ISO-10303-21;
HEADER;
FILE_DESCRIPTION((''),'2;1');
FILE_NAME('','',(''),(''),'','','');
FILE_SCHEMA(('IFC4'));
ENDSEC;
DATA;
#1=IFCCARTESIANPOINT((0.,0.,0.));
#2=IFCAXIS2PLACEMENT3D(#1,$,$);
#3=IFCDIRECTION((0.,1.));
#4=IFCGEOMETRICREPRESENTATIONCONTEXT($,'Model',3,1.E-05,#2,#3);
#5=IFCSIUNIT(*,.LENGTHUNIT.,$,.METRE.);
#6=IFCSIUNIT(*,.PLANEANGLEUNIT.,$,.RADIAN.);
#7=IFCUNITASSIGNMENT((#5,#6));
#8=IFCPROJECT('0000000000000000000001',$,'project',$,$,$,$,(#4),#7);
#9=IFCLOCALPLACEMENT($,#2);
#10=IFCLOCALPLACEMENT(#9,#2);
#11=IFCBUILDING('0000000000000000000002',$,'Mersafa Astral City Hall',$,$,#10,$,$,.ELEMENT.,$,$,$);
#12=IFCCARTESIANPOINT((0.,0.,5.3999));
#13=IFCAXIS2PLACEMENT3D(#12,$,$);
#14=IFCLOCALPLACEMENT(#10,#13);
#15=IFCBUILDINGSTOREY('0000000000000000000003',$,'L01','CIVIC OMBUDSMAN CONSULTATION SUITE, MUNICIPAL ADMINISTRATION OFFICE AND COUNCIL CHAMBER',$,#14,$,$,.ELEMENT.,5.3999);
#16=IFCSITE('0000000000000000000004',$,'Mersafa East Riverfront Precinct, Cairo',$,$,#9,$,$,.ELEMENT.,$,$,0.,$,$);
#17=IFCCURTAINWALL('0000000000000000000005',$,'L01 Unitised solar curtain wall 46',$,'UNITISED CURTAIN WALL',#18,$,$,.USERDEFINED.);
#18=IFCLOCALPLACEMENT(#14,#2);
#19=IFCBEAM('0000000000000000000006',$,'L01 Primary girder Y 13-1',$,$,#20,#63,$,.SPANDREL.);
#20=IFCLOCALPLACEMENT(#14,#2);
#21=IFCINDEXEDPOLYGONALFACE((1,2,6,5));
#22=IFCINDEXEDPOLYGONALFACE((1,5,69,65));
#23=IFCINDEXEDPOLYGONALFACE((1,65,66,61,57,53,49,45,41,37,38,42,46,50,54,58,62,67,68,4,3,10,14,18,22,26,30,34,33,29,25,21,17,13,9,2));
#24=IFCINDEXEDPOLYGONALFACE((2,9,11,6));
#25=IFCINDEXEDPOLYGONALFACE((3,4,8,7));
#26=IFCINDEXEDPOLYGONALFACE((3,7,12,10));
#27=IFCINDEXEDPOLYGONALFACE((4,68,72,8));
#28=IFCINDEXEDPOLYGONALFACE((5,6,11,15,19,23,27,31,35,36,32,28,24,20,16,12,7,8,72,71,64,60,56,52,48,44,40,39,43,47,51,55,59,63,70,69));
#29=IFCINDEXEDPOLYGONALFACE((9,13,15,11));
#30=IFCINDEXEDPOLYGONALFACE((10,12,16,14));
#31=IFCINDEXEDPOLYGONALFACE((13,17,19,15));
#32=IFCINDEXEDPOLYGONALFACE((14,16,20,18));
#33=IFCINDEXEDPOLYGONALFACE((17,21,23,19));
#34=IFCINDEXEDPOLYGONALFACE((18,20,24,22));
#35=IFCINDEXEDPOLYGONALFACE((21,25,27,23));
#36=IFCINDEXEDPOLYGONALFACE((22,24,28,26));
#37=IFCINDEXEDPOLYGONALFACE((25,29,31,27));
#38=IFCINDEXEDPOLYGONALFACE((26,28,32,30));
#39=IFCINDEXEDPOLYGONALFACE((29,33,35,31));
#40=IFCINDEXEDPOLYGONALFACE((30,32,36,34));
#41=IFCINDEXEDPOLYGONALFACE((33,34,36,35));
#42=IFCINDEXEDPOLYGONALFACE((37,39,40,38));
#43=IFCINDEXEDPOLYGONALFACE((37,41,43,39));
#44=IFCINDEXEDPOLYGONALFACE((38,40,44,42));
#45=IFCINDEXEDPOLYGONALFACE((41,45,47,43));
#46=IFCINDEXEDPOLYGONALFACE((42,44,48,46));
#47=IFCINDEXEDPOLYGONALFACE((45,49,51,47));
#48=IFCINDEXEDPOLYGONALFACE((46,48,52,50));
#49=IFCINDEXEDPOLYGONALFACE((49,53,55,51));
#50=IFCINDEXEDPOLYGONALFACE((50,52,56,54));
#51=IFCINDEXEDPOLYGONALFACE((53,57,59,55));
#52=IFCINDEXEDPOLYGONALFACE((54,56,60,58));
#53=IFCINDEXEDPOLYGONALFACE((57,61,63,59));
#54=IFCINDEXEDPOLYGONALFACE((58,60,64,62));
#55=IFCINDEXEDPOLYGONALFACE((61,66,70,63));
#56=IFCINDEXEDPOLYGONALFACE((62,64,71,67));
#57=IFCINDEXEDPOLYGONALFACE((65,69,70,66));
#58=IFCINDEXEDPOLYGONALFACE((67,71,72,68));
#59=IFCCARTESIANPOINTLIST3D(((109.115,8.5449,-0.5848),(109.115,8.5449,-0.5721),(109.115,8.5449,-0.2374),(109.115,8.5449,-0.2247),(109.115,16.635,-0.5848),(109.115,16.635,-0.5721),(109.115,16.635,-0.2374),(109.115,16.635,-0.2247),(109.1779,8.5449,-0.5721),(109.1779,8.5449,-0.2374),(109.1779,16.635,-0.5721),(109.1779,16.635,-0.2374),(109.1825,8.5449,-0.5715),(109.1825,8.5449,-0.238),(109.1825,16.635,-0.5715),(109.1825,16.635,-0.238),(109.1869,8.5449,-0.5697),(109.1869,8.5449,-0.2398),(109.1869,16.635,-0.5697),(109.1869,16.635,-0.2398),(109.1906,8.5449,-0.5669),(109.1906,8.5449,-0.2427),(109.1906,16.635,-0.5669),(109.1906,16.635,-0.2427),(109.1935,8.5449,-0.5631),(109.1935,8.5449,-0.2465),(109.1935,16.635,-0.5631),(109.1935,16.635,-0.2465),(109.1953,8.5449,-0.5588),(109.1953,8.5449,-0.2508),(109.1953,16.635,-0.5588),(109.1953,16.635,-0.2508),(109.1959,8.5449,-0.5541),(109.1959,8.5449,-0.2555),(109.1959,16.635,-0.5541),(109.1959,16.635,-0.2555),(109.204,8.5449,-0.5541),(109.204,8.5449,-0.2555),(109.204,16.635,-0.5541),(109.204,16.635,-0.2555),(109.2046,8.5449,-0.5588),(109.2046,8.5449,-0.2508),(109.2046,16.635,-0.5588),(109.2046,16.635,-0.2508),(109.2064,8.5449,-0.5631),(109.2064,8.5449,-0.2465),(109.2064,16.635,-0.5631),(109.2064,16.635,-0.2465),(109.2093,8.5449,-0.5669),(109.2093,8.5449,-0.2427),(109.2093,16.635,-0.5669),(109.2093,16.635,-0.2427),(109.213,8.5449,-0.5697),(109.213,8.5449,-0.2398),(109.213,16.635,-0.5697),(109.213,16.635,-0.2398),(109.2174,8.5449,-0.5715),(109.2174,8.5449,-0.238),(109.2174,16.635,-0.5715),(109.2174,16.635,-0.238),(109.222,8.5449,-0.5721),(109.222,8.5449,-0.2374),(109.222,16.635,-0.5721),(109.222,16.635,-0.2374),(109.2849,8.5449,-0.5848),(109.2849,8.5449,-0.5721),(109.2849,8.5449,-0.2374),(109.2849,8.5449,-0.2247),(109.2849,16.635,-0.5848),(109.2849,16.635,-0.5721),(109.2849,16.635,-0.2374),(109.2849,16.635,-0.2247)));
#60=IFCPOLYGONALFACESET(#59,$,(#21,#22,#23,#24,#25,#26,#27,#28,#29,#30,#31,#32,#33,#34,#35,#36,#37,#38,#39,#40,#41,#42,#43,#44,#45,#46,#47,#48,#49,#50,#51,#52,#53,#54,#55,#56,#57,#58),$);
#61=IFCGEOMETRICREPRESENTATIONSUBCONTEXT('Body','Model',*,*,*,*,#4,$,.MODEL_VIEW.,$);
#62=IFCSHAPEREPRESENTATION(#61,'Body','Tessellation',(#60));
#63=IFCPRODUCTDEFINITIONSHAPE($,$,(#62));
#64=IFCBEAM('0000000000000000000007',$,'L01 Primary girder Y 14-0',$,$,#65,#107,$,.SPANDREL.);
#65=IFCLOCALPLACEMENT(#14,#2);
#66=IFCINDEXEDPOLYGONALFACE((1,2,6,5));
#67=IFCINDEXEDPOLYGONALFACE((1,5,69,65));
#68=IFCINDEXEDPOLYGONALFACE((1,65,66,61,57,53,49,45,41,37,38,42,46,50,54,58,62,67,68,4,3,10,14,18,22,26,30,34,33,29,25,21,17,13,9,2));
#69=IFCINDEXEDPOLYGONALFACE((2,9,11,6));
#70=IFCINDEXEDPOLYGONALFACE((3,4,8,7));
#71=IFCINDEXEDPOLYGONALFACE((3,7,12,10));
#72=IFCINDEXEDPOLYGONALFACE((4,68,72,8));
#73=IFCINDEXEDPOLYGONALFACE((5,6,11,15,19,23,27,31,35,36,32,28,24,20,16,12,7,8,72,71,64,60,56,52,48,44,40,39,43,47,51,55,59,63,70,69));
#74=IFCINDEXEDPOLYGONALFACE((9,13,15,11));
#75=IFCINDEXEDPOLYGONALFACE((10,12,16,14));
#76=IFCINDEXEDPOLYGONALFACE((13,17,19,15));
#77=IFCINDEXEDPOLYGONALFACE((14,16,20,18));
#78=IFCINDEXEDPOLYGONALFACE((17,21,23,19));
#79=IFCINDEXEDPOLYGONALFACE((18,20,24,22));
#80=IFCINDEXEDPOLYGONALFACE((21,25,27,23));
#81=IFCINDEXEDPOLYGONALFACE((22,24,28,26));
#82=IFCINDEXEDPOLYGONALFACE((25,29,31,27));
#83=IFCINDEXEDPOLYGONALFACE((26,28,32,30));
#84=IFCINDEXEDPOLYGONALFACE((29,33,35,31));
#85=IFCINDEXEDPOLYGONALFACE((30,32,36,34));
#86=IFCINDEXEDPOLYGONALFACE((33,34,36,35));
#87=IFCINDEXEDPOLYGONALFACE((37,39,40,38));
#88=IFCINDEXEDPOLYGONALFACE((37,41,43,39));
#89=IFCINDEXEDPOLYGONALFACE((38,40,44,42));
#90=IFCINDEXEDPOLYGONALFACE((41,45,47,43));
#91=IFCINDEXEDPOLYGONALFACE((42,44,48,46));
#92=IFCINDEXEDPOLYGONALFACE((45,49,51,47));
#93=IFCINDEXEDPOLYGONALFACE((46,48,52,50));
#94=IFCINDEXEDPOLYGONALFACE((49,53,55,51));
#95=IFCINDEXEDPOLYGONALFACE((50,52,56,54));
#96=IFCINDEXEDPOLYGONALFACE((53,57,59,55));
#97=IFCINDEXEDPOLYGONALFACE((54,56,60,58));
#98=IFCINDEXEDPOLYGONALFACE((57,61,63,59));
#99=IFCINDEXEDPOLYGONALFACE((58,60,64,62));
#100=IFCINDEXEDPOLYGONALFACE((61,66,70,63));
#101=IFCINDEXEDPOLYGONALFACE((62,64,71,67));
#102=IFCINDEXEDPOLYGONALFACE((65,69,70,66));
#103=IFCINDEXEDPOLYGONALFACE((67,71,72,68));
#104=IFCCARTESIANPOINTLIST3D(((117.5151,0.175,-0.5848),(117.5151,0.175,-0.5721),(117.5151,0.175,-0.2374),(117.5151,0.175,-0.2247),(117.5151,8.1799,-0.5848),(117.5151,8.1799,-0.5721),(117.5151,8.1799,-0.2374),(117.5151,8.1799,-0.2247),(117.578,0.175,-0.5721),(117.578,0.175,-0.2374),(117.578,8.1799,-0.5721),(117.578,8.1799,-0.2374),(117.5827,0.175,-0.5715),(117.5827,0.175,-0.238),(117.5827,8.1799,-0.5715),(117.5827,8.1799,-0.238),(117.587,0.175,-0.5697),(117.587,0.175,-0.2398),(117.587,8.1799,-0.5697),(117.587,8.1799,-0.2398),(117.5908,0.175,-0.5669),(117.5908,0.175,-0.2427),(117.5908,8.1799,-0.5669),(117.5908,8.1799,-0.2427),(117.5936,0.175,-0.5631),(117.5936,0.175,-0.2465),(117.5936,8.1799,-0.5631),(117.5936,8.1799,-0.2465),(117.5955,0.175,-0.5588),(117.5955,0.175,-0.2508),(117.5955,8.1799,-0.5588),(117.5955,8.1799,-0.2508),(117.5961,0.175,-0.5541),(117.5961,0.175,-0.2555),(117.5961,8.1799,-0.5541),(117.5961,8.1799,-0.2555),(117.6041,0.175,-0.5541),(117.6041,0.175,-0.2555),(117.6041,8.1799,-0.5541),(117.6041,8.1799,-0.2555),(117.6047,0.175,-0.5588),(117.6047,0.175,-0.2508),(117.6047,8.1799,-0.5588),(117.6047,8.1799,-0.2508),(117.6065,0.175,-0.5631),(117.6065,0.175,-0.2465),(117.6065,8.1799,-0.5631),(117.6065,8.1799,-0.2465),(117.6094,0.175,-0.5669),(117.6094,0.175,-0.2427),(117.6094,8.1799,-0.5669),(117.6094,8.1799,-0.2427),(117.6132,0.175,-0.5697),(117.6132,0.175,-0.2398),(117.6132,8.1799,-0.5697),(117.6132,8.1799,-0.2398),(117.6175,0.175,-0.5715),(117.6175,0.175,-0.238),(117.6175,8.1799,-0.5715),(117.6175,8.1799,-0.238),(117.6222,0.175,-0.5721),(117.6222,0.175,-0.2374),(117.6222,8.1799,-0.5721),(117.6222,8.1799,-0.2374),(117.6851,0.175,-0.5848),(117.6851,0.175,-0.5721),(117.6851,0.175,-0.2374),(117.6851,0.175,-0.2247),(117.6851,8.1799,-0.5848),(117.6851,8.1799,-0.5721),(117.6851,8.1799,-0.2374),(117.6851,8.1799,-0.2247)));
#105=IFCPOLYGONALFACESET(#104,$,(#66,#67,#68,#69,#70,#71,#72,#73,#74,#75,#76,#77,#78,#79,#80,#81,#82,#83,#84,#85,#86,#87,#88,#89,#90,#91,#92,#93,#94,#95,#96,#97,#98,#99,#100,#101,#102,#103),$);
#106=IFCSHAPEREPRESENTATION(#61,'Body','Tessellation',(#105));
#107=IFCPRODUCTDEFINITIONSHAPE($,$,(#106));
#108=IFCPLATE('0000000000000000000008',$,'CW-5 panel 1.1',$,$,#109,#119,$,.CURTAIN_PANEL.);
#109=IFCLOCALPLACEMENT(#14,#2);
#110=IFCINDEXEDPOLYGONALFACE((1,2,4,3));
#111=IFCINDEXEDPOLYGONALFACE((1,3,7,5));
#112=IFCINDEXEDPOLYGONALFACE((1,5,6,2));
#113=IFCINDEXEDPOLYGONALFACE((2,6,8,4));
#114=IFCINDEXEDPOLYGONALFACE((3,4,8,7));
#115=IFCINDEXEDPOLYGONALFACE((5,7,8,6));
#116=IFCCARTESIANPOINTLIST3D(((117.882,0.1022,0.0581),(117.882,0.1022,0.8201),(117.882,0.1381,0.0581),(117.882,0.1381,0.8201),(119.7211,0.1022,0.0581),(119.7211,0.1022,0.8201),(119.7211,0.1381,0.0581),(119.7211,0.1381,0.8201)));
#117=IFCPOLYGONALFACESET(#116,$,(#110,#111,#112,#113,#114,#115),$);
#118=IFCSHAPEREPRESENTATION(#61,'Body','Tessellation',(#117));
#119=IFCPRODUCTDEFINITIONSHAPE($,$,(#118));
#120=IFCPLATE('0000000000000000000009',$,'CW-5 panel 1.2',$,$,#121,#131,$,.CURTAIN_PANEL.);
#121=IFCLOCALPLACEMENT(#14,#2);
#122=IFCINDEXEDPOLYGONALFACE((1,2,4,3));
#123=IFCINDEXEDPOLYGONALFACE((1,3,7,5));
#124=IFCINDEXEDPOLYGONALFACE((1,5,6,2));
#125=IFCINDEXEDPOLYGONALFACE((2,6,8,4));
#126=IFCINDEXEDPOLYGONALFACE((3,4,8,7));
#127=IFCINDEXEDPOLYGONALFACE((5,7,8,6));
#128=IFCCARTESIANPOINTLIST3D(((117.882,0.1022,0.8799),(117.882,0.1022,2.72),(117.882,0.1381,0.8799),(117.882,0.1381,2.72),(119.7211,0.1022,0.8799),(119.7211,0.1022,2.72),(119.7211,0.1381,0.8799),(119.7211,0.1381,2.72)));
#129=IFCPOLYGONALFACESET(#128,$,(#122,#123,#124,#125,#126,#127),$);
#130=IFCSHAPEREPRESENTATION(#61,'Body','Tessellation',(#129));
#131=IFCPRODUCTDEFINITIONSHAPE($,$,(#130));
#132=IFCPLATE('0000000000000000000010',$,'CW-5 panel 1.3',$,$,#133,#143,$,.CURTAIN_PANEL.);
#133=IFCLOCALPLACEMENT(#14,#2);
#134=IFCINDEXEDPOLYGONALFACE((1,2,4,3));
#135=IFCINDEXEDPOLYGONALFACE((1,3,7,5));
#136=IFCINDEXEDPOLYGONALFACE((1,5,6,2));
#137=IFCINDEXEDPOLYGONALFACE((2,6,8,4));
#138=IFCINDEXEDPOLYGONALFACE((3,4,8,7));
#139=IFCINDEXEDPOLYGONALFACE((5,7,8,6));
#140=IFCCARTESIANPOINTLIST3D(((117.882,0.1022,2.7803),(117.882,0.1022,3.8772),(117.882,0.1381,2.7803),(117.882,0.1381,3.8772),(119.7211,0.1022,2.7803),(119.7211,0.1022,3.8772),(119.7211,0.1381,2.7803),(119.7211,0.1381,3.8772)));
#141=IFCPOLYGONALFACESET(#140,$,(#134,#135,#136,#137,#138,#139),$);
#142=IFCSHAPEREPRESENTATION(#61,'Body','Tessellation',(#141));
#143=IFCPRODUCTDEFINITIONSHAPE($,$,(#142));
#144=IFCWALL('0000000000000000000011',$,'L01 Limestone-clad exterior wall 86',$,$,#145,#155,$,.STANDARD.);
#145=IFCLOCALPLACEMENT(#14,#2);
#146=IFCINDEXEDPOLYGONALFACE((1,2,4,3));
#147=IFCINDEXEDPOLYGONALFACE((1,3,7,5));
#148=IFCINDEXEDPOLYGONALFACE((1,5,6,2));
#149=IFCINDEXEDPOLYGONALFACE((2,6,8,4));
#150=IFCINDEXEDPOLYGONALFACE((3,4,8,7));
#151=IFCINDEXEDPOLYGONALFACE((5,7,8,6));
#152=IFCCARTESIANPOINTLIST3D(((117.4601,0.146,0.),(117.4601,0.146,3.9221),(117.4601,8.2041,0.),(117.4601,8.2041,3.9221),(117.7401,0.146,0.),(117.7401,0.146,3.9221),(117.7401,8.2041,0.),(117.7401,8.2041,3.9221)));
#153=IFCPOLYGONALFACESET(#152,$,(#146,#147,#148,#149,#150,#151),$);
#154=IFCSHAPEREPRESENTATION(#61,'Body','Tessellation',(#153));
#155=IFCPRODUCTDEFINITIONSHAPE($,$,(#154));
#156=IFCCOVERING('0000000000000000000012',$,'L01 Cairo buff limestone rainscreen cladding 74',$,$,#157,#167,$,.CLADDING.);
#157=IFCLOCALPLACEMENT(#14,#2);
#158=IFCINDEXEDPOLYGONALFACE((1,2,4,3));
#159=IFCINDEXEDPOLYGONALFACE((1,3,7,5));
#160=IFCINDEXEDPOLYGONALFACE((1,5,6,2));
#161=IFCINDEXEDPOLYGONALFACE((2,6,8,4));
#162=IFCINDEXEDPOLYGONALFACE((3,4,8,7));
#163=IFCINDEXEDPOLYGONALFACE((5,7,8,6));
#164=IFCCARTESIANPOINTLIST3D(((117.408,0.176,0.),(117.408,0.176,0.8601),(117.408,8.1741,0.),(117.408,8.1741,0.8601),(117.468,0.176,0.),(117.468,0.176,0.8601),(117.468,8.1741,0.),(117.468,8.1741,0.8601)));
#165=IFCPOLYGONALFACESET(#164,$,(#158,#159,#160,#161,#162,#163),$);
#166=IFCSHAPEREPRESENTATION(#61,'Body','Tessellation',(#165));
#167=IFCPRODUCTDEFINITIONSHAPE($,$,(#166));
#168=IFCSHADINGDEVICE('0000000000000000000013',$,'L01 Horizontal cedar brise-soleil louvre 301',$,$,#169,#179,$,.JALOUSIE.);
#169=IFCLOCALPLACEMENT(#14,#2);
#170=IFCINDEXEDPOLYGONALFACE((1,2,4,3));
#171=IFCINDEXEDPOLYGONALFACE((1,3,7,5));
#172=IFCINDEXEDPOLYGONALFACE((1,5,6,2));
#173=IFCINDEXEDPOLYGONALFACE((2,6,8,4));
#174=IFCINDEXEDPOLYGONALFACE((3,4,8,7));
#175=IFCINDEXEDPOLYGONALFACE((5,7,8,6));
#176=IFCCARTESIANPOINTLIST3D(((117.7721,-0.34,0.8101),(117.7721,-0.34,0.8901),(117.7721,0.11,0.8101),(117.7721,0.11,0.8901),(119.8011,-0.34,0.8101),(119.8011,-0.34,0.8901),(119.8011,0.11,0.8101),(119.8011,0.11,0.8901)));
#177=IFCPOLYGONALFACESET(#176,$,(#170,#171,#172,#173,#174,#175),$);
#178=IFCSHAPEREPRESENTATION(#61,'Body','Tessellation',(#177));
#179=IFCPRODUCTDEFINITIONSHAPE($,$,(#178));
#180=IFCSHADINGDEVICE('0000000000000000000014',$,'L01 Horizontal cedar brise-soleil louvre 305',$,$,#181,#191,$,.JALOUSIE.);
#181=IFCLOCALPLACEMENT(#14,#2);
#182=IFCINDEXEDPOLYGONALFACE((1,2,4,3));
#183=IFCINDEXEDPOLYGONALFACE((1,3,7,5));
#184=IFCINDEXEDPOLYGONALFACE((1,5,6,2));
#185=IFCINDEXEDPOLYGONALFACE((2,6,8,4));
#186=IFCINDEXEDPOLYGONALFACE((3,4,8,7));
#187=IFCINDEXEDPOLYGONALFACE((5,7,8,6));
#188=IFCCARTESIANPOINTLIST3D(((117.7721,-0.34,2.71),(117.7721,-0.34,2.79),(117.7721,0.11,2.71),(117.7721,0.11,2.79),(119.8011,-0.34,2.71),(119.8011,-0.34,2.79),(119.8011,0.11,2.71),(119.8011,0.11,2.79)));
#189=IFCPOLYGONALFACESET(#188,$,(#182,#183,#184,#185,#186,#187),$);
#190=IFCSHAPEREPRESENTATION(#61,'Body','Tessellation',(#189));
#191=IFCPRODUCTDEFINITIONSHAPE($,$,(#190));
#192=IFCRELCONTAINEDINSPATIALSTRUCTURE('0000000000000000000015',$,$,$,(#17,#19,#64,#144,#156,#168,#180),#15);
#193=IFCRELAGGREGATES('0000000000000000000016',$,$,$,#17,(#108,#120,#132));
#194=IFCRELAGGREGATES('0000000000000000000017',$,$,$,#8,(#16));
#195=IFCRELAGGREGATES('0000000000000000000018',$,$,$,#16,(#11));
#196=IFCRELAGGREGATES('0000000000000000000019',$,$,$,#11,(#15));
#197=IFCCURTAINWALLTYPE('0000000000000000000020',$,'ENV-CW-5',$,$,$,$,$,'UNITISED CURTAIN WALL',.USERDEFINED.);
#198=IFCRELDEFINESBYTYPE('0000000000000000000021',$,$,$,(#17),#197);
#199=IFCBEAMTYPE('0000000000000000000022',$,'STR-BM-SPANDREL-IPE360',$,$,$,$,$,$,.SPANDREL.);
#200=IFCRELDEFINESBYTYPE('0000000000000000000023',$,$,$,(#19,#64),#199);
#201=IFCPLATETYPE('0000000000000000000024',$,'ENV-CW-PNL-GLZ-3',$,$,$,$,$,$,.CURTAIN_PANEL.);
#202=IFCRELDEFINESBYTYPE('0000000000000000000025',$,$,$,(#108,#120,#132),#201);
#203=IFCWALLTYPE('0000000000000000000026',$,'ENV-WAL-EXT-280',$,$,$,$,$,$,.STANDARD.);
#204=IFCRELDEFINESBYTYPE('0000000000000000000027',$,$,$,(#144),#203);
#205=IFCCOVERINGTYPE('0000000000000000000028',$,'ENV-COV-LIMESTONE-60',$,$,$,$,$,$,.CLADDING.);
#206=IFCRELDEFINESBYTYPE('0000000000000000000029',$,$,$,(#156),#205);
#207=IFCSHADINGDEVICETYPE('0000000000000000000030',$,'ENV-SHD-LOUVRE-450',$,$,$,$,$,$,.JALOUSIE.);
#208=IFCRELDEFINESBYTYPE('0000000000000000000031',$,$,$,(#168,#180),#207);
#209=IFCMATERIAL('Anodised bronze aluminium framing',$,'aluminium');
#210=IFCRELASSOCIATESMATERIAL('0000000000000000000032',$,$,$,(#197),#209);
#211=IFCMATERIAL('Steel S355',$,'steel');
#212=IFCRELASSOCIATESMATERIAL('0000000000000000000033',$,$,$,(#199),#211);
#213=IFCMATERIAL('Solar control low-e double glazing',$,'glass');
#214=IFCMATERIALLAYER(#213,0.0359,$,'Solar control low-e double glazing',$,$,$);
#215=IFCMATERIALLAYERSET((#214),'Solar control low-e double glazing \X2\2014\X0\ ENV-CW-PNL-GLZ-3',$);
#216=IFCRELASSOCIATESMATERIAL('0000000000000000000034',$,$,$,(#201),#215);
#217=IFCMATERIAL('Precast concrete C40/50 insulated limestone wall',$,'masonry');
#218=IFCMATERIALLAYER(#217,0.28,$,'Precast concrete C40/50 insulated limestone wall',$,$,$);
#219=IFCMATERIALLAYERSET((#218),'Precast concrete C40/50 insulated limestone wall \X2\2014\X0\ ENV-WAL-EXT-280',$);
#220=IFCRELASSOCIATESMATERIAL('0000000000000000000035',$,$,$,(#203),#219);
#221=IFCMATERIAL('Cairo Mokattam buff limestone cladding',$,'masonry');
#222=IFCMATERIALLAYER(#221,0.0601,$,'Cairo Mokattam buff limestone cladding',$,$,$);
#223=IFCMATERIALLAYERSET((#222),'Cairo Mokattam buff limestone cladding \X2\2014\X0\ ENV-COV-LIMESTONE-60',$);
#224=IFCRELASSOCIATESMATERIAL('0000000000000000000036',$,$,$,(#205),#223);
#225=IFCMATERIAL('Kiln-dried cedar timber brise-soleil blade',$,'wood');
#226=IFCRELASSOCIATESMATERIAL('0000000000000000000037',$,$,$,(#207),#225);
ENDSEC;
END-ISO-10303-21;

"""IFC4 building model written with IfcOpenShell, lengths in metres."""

from ifc_helpers import new_model, si_unit, direction, frame, frame_2d, origin, origin_2d, place, context, subcontext, project, spatial, rectangle, i_section, extrude, material, layer, layer_set, material_profile, profile_set, type_object, element, aggregate, save


model = new_model("IFC4")

# Units and contexts
model_context = context("Model", 3, precision=1e-05, world=origin(), true_north=direction((0.0, 1.0)))
body_context = subcontext(model_context, "Body", "Model", "MODEL_VIEW")
ifc_project = project(units=[si_unit("LENGTHUNIT", "METRE"), si_unit("PLANEANGLEUNIT", "RADIAN")], contexts=[model_context])

# Site, building, storey
site_placement = place(None, origin())
site = spatial("IfcSite", under=ifc_project, at=site_placement, Name="Mersafa East Riverfront Precinct, Cairo", CompositionType="ELEMENT", RefElevation=0.0)
building_placement = place(site_placement, origin())
building = spatial("IfcBuilding", under=site, at=building_placement, Name="Mersafa Astral City Hall", CompositionType="ELEMENT")
storey_placement = place(building_placement, frame((0.0, 0.0, 5.3999)))
storey = spatial("IfcBuildingStorey", under=building, at=storey_placement, Name="L01", Description="CIVIC OMBUDSMAN CONSULTATION SUITE, MUNICIPAL ADMINISTRATION OFFICE AND COUNCIL CHAMBER", CompositionType="ELEMENT", Elevation=5.3999)

# Shared definitions
ifc_material_1 = material(Name="Steel S355", Category="steel")

# Curtain wall
ifc_material_2 = material(Name="Anodised bronze aluminium framing", Category="aluminium")
curtain_wall_type = type_object("IfcCurtainWallType", Name="ENV-CW-5", ElementType="UNITISED CURTAIN WALL", PredefinedType="USERDEFINED", material=ifc_material_2)
curtain_wall_placement = place(storey_placement, origin())
curtain_wall = element("IfcCurtainWall", 1, at=curtain_wall_placement, inside=storey, type_object=curtain_wall_type, Name="L01 Unitised solar curtain wall 46", ObjectType="UNITISED CURTAIN WALL", PredefinedType="USERDEFINED")

# Beams
ifc_material_profile_1 = material_profile(ifc_material_1, i_section(OverallWidth=0.1699, OverallDepth=0.3601, WebThickness=0.0081, FlangeThickness=0.0127, FilletRadius=0.0181, at=origin_2d()), Name="IPE 360")
ifc_profile_set_1 = profile_set([ifc_material_profile_1], Name="Steel S355")
beam_type_1 = type_object("IfcBeamType", Name="STR-BM-SPANDREL-IPE360", PredefinedType="SPANDREL", material=ifc_profile_set_1)
beam_1_placement = place(storey_placement, frame((109.2, 8.5449, -0.4048), z_axis=(0.0, 1.0, 0.0), x_axis=(-1.0, 0.0, 0.0)))
element("IfcBeam", 2, at=beam_1_placement, inside=storey, type_object=beam_type_1, Name="L01 Primary girder Y 13-1", PredefinedType="SPANDREL", context=body_context, shape_type="SweptSolid", body=[
    extrude(i_section(OverallWidth=0.1699, OverallDepth=0.3601, WebThickness=0.0081, FlangeThickness=0.0127, FilletRadius=0.0181, at=origin_2d()), origin(), (0.0, 0.0, 1.0), 8.0901),
])
beam_2_placement = place(storey_placement, frame((117.6001, 0.175, -0.4048), z_axis=(0.0, 1.0, 0.0), x_axis=(-1.0, 0.0, 0.0)))
element("IfcBeam", 3, at=beam_2_placement, inside=storey, type_object=beam_type_1, Name="L01 Primary girder Y 14-0", PredefinedType="SPANDREL", context=body_context, shape_type="SweptSolid", body=[
    extrude(i_section(OverallWidth=0.1699, OverallDepth=0.3601, WebThickness=0.0081, FlangeThickness=0.0127, FilletRadius=0.0181, at=origin_2d()), origin(), (0.0, 0.0, 1.0), 8.0049),
])

# Plates
ifc_material_3 = material(Name="Solar control low-e double glazing", Category="glass")
ifc_layer_1 = layer(ifc_material_3, 0.0359, Name="Solar control low-e double glazing")
ifc_layer_set_1 = layer_set([ifc_layer_1], Name="Solar control low-e double glazing — ENV-CW-PNL-GLZ-3")
plate_type = type_object("IfcPlateType", Name="ENV-CW-PNL-GLZ-3", PredefinedType="CURTAIN_PANEL", material=ifc_layer_set_1)
plate_1_placement = place(storey_placement, frame((118.8015, 0.1201, 0.0581), z_axis=(0.0, 0.0, 1.0), x_axis=(1.0, 0.0, 0.0)))
plate_1 = element("IfcPlate", 4, at=plate_1_placement, type_object=plate_type, Name="CW-5 panel 1.1", PredefinedType="CURTAIN_PANEL", context=body_context, shape_type="SweptSolid", body=[
    extrude(rectangle(XDim=1.8391, YDim=0.0359, at=origin_2d()), origin(), (0.0, 0.0, 1.0), 0.762),
])
plate_2_placement = place(storey_placement, frame((118.8015, 0.1201, 0.8799), z_axis=(0.0, 0.0, 1.0), x_axis=(1.0, 0.0, 0.0)))
plate_2 = element("IfcPlate", 5, at=plate_2_placement, type_object=plate_type, Name="CW-5 panel 1.2", PredefinedType="CURTAIN_PANEL", context=body_context, shape_type="SweptSolid", body=[
    extrude(rectangle(XDim=1.8391, YDim=0.0359, at=origin_2d()), origin(), (0.0, 0.0, 1.0), 1.8401),
])
plate_3_placement = place(storey_placement, frame((118.8015, 0.1201, 2.7803), z_axis=(0.0, 0.0, 1.0), x_axis=(1.0, 0.0, 0.0)))
plate_3 = element("IfcPlate", 6, at=plate_3_placement, type_object=plate_type, Name="CW-5 panel 1.3", PredefinedType="CURTAIN_PANEL", context=body_context, shape_type="SweptSolid", body=[
    extrude(rectangle(XDim=1.8391, YDim=0.0359, at=origin_2d()), origin(), (0.0, 0.0, 1.0), 1.0969),
])
aggregate(curtain_wall, [plate_1, plate_2, plate_3])

# Wall
ifc_material_4 = material(Name="Precast concrete C40/50 insulated limestone wall", Category="masonry")
ifc_layer_2 = layer(ifc_material_4, 0.28, Name="Precast concrete C40/50 insulated limestone wall")
ifc_layer_set_2 = layer_set([ifc_layer_2], Name="Precast concrete C40/50 insulated limestone wall — ENV-WAL-EXT-280")
wall_type = type_object("IfcWallType", Name="ENV-WAL-EXT-280", PredefinedType="STANDARD", material=ifc_layer_set_2)
wall_placement = place(storey_placement, frame((117.6001, 8.2041, 0.0), z_axis=(0.0, 0.0, 1.0), x_axis=(0.0, -1.0, 0.0)))
element("IfcWall", 7, at=wall_placement, inside=storey, type_object=wall_type, Name="L01 Limestone-clad exterior wall 86", PredefinedType="STANDARD", context=body_context, shape_type="SweptSolid", body=[
    extrude(rectangle(XDim=8.0581, YDim=0.28, at=frame_2d((4.0291, 0.0))), origin(), (0.0, 0.0, 1.0), 3.9221),
])

# Covering
ifc_material_5 = material(Name="Cairo Mokattam buff limestone cladding", Category="masonry")
ifc_layer_3 = layer(ifc_material_5, 0.0601, Name="Cairo Mokattam buff limestone cladding")
ifc_layer_set_3 = layer_set([ifc_layer_3], Name="Cairo Mokattam buff limestone cladding — ENV-COV-LIMESTONE-60")
covering_type = type_object("IfcCoveringType", Name="ENV-COV-LIMESTONE-60", PredefinedType="CLADDING", material=ifc_layer_set_3)
covering_placement = place(storey_placement, frame((117.438, 4.175, 0.0), z_axis=(0.0, 0.0, 1.0), x_axis=(0.0, -1.0, 0.0)))
element("IfcCovering", 8, at=covering_placement, inside=storey, type_object=covering_type, Name="L01 Cairo buff limestone rainscreen cladding 74", PredefinedType="CLADDING", context=body_context, shape_type="SweptSolid", body=[
    extrude(rectangle(XDim=7.998, YDim=0.0601, at=origin_2d()), origin(), (0.0, 0.0, 1.0), 0.8601),
])

# Shading devices
ifc_material_6 = material(Name="Kiln-dried cedar timber brise-soleil blade", Category="wood")
shading_device_type = type_object("IfcShadingDeviceType", Name="ENV-SHD-LOUVRE-450", PredefinedType="JALOUSIE", material=ifc_material_6)
for number, where, z_axis, x_axis, name in (
    (9, (118.7866, -0.115, 0.8101), (0.0, 0.0, 1.0), (1.0, 0.0, 0.0), "L01 Horizontal cedar brise-soleil louvre 301"),
    (10, (118.7866, -0.115, 2.71), (0.0, 0.0, 1.0), (1.0, 0.0, 0.0), "L01 Horizontal cedar brise-soleil louvre 305"),
):
    element("IfcShadingDevice", number, at=place(storey_placement, frame(where, z_axis=z_axis, x_axis=x_axis)), inside=storey, type_object=shading_device_type, Name=name, PredefinedType="JALOUSIE", context=body_context, shape_type="SweptSolid", body=[
        extrude(rectangle(XDim=2.0291, YDim=0.45, at=origin_2d()), origin(), (0.0, 0.0, 1.0), 0.0801),
    ])

save(model, "model.ifc")
